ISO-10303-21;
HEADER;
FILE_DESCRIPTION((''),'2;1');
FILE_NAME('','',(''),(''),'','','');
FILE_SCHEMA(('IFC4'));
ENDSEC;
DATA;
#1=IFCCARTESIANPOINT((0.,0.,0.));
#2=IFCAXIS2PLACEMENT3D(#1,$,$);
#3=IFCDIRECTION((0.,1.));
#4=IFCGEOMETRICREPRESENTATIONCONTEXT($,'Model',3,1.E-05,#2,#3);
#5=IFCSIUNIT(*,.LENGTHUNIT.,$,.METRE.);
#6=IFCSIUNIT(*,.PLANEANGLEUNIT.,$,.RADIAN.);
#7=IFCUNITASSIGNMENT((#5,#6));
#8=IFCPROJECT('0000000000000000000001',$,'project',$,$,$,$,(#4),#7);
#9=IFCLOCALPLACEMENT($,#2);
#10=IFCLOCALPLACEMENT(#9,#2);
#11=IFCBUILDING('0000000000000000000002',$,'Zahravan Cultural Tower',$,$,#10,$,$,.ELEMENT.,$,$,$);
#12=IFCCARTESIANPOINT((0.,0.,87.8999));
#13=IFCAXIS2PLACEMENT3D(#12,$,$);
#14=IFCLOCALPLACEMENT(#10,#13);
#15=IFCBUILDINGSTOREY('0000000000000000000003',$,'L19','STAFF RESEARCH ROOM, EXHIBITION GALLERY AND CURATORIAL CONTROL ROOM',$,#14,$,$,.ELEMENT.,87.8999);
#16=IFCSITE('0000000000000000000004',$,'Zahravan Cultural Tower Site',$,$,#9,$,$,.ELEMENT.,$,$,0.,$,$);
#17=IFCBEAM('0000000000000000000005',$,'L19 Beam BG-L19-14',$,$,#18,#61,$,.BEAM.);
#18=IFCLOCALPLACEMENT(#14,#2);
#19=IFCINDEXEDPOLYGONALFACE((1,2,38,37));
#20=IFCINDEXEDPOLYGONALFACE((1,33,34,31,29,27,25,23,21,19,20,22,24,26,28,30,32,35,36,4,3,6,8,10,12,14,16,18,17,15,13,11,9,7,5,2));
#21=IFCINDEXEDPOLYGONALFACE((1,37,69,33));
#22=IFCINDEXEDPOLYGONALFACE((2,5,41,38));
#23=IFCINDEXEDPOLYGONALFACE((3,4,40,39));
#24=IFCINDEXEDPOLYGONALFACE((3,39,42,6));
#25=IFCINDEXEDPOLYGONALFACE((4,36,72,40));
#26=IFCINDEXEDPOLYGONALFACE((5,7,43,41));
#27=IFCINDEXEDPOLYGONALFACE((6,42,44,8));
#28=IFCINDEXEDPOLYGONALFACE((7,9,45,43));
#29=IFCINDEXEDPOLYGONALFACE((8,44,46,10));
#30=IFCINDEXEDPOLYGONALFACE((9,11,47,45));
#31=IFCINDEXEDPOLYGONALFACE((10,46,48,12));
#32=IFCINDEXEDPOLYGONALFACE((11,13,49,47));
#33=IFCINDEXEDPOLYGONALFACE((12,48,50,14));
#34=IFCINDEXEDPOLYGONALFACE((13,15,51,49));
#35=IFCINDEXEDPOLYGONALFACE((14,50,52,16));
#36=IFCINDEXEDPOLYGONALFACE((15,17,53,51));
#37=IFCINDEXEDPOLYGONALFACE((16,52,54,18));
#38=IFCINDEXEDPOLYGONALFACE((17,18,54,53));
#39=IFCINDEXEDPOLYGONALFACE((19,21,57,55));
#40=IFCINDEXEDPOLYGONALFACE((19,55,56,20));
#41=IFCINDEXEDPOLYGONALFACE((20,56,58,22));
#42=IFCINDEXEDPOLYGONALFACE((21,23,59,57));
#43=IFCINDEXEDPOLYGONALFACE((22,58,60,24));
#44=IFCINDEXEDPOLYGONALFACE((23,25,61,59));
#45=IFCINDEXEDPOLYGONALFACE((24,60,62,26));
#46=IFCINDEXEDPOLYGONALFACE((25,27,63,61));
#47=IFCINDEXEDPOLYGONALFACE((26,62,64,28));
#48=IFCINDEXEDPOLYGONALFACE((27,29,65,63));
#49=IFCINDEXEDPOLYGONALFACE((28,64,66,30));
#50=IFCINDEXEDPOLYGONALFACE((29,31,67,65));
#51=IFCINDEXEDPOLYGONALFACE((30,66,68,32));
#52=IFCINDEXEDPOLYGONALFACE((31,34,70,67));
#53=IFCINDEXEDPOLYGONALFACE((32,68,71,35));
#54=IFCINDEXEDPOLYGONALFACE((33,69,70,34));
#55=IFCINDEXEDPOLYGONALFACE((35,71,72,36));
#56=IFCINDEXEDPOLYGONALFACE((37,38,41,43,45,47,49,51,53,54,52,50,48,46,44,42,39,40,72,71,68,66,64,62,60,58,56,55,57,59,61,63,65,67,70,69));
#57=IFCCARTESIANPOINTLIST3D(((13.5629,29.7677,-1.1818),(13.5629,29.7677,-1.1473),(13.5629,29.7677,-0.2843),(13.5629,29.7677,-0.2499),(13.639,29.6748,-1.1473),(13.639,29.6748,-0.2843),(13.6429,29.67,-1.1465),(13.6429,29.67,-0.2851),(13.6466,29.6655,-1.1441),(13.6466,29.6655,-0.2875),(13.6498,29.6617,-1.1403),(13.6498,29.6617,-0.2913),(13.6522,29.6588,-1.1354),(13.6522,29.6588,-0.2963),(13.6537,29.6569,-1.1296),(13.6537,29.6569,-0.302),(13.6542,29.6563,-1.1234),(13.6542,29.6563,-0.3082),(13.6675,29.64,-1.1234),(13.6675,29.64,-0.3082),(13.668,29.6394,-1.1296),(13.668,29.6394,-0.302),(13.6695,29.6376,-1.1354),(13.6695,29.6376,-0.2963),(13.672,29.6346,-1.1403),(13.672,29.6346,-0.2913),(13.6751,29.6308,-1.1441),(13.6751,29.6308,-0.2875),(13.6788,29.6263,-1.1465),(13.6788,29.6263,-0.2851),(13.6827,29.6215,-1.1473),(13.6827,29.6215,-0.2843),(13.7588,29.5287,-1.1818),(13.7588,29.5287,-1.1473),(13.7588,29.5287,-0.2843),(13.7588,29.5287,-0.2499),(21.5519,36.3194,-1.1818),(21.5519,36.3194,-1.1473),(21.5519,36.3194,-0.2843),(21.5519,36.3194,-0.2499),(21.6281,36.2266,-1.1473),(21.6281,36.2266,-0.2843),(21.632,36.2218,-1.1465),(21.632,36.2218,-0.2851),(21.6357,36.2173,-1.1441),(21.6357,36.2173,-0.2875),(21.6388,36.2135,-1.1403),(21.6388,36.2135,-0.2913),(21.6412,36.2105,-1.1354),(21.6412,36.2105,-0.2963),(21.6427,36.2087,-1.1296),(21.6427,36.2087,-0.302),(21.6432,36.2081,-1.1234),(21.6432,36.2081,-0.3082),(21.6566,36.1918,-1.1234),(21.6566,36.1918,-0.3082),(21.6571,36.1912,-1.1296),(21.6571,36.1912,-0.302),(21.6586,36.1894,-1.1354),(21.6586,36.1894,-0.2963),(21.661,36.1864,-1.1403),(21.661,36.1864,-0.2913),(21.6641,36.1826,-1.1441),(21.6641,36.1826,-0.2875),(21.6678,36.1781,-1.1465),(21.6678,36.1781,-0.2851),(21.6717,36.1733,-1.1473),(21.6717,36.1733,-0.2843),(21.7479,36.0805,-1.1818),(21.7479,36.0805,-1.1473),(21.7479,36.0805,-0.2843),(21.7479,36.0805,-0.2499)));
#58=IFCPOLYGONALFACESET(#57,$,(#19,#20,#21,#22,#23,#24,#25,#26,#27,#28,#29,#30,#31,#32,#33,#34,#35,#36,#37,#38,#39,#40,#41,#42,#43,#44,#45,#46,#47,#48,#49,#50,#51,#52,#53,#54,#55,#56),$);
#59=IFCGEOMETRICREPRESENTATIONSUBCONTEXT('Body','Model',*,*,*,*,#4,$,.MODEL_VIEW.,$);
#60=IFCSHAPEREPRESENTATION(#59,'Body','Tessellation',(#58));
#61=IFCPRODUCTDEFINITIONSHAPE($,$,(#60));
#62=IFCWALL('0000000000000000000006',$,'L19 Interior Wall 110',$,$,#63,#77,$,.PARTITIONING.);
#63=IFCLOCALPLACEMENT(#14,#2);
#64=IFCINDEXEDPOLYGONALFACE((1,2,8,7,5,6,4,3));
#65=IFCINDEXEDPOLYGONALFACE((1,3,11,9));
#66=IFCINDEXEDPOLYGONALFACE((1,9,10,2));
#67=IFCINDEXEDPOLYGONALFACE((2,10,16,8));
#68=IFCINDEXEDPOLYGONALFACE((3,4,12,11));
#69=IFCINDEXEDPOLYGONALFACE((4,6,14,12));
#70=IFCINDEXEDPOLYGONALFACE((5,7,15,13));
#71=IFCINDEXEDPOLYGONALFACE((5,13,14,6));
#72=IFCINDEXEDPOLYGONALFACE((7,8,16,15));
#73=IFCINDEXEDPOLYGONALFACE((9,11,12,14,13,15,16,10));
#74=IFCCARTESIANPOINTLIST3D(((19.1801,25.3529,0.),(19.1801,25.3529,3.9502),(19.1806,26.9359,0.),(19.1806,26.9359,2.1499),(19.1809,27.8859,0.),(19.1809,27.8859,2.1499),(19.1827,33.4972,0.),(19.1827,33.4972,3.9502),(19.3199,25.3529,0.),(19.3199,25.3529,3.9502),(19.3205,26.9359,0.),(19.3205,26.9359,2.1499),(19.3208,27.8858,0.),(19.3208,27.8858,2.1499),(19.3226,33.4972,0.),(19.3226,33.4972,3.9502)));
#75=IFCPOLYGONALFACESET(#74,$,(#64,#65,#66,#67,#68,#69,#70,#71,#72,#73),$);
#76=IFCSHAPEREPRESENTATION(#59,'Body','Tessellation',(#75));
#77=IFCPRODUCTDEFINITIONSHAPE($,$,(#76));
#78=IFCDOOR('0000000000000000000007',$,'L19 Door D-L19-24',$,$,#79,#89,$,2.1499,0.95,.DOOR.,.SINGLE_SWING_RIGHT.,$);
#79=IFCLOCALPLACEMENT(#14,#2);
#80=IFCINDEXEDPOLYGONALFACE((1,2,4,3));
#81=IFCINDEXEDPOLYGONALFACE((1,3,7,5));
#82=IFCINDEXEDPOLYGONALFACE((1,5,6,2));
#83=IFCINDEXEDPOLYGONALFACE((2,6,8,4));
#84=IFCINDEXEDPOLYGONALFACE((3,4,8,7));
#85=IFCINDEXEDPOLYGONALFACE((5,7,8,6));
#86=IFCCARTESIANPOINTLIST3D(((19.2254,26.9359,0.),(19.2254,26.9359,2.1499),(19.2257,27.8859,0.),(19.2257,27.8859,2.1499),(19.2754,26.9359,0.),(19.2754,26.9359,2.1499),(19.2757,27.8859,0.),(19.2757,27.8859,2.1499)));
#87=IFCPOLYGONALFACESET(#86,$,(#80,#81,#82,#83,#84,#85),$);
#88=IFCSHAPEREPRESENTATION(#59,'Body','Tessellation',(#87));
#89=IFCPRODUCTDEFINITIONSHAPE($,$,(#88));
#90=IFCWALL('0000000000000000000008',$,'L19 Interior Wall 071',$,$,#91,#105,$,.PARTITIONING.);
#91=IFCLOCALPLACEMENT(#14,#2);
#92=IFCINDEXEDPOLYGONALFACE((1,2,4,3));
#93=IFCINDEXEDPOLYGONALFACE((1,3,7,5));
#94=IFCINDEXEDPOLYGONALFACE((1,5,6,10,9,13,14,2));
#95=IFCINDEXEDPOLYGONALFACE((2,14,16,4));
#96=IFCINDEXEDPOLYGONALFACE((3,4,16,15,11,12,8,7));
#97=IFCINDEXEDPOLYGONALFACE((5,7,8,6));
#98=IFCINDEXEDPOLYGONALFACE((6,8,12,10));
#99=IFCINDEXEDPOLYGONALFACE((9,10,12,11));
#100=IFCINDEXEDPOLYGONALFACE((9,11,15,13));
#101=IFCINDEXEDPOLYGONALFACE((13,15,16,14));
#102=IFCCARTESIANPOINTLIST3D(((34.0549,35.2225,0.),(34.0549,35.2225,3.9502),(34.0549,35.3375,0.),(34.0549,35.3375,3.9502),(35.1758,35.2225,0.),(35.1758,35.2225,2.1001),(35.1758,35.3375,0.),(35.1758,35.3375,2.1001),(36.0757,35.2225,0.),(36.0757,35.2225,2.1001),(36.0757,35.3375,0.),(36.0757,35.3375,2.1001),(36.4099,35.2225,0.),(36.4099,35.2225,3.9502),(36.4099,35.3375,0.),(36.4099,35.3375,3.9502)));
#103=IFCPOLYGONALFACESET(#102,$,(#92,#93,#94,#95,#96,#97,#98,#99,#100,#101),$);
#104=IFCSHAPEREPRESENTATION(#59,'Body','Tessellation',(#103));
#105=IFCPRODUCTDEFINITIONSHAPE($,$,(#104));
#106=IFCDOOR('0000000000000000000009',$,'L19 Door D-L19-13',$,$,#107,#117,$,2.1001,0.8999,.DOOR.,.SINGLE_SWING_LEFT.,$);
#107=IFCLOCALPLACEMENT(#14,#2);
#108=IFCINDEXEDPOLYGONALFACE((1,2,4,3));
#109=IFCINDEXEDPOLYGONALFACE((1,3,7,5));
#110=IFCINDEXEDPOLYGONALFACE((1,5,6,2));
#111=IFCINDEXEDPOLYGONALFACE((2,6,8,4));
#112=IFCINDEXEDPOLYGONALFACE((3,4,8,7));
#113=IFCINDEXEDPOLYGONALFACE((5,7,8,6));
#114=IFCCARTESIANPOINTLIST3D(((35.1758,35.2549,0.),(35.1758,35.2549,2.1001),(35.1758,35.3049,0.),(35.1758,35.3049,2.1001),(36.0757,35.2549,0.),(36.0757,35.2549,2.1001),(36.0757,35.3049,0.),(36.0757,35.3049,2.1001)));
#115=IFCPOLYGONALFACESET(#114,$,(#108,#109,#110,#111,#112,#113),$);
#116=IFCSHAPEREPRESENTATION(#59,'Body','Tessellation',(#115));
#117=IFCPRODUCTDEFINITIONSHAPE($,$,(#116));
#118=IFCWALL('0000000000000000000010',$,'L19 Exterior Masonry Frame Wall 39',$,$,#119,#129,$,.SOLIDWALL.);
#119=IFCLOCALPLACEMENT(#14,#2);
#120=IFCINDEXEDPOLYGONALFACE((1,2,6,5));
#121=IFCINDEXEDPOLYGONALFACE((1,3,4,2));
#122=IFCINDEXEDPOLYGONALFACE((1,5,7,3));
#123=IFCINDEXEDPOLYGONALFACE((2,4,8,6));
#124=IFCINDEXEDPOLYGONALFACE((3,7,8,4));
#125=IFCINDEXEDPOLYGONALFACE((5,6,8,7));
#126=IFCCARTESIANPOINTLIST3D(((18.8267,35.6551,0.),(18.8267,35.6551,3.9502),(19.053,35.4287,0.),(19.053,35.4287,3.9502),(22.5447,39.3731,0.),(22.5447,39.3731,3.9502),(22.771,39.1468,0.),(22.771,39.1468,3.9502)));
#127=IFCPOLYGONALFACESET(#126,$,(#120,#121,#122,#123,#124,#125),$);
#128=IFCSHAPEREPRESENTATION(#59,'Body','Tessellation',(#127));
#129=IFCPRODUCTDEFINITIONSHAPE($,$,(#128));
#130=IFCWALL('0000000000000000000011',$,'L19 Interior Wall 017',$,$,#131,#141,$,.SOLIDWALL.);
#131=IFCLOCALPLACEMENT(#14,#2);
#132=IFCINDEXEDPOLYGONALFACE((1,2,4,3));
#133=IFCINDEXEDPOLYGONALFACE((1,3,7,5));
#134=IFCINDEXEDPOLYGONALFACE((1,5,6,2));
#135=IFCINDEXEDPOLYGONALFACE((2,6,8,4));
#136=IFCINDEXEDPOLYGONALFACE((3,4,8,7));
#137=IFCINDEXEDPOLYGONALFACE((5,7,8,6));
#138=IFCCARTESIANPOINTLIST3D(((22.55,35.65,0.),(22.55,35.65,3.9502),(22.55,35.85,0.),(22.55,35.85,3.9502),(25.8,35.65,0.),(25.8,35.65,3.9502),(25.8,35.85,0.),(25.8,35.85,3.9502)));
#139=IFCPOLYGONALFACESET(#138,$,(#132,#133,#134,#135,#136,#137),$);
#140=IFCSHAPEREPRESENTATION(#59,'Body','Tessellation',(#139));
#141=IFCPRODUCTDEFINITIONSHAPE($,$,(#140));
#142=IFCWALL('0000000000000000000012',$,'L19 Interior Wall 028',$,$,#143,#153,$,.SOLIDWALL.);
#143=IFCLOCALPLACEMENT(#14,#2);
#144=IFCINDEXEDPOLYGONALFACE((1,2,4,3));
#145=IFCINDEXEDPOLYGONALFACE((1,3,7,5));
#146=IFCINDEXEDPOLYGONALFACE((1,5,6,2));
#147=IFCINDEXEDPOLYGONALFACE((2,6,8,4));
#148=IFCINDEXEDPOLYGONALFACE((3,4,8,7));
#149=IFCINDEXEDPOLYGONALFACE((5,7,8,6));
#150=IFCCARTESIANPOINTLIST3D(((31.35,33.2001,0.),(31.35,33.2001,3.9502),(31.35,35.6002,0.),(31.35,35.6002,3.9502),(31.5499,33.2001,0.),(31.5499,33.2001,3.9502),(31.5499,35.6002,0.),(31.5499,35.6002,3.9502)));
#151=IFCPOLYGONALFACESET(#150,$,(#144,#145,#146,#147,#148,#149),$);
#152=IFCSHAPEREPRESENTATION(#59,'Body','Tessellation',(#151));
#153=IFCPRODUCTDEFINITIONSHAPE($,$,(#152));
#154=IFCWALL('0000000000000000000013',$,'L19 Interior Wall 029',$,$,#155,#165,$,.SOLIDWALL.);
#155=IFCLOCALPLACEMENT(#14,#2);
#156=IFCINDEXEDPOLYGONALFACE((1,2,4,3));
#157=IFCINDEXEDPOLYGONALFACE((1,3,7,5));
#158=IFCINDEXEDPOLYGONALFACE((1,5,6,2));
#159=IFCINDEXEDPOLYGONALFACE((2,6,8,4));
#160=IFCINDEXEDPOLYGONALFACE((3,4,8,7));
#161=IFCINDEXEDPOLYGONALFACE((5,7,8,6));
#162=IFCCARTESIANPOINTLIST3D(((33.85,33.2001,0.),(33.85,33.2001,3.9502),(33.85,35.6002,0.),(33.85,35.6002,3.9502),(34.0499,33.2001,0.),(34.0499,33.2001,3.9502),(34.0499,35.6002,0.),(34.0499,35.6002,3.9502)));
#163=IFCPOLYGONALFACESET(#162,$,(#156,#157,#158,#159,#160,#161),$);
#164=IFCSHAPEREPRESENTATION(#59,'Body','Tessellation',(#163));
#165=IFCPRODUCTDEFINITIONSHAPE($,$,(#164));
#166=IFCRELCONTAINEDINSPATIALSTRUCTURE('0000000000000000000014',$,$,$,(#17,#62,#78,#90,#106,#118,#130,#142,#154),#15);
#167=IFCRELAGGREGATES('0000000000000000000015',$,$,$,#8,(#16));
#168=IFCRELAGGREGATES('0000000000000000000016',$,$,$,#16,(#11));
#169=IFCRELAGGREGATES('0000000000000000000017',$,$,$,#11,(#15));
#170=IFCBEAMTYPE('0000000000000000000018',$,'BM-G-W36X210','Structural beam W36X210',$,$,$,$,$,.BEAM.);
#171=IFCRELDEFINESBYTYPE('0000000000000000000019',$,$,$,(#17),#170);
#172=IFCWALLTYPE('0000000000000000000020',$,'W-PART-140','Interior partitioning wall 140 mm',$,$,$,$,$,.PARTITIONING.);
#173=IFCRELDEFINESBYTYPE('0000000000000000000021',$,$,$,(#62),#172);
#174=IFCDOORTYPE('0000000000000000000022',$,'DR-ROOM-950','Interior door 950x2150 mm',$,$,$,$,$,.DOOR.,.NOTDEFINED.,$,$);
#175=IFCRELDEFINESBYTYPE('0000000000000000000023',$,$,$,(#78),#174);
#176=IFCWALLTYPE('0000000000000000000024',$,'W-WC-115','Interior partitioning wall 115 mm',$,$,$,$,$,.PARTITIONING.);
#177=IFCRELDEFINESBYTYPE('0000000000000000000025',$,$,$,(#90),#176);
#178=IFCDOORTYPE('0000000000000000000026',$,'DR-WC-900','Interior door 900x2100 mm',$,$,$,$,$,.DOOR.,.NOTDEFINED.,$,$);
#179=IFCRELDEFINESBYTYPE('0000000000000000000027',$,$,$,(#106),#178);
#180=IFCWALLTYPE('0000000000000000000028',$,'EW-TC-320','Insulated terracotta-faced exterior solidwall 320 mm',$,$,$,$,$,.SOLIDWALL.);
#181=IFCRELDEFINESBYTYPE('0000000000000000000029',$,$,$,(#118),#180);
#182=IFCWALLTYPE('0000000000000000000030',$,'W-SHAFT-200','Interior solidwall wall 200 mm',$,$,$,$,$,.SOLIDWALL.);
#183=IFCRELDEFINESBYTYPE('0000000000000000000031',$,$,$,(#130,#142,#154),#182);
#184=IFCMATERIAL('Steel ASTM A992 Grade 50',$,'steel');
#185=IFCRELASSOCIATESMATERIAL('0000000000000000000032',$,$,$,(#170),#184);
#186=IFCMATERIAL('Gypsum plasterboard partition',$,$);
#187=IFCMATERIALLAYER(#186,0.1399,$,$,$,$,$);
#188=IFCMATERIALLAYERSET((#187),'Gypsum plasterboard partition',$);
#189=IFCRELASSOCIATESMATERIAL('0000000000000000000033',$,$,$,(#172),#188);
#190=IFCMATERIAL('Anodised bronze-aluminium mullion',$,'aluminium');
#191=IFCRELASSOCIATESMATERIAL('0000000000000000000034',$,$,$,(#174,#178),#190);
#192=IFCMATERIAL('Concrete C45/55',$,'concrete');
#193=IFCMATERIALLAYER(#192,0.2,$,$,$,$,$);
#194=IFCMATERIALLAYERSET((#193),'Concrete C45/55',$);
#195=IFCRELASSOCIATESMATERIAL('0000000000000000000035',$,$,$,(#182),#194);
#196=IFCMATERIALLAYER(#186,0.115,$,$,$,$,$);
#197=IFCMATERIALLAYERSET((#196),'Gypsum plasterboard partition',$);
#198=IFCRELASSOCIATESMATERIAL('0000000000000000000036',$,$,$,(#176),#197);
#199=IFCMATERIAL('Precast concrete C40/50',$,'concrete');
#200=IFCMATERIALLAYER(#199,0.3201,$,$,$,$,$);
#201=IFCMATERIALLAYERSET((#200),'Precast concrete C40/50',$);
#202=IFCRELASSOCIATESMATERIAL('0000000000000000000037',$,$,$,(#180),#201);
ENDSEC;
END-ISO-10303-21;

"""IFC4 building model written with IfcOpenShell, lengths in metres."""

from ifc_helpers import new_model, si_unit, direction, frame, frame_2d, origin, origin_2d, place, context, subcontext, project, spatial, rectangle, i_section, extrude, source, transform, mapped, material, layer, layer_set, material_profile, profile_set, type_object, element, fill, save


model = new_model("IFC4")

# Units and contexts
model_context = context("Model", 3, precision=1e-05, world=origin(), true_north=direction((0.0, 1.0)))
body_context = subcontext(model_context, "Body", "Model", "MODEL_VIEW")
ifc_project = project(units=[si_unit("LENGTHUNIT", "METRE"), si_unit("PLANEANGLEUNIT", "RADIAN")], contexts=[model_context])

# Site, building, storey
site_placement = place(None, origin())
site = spatial("IfcSite", under=ifc_project, at=site_placement, Name="Zahravan Cultural Tower Site", CompositionType="ELEMENT", RefElevation=0.0)
building_placement = place(site_placement, origin())
building = spatial("IfcBuilding", under=site, at=building_placement, Name="Zahravan Cultural Tower", CompositionType="ELEMENT")
storey_placement = place(building_placement, frame((0.0, 0.0, 87.8999)))
storey = spatial("IfcBuildingStorey", under=building, at=storey_placement, Name="L19", Description="STAFF RESEARCH ROOM, EXHIBITION GALLERY AND CURATORIAL CONTROL ROOM", CompositionType="ELEMENT", Elevation=87.8999)

# Beam
ifc_material_1 = material(Name="Steel ASTM A992 Grade 50", Category="steel")
ifc_material_profile_1 = material_profile(ifc_material_1, i_section(OverallWidth=0.3091, OverallDepth=0.9319, WebThickness=0.021, FlangeThickness=0.0344, FilletRadius=0.0239, at=origin_2d()), Name="W36X210")
ifc_profile_set_1 = profile_set([ifc_material_profile_1], Name="Steel ASTM A992 Grade 50")
beam_type_1 = type_object("IfcBeamType", Name="BM-G-W36X210", Description="Structural beam W36X210", PredefinedType="BEAM", material=ifc_profile_set_1)
shared_shape_1 = source(origin(), body_context, "Body", "SweptSolid", [
    extrude(i_section(OverallWidth=0.3091, OverallDepth=0.9319, WebThickness=0.021, FlangeThickness=0.0344, FilletRadius=0.0239, at=origin_2d()), origin(), (0.0, 0.0, 1.0), 10.332),
])
beam_1_placement = place(storey_placement, frame((21.6499, 36.2, -0.7158), z_axis=(-0.773231, -0.634124, 0.0), x_axis=(0.634124, -0.773231, 0.0)))
element("IfcBeam", 1, at=beam_1_placement, inside=storey, type_object=beam_type_1, Name="L19 Beam BG-L19-14", PredefinedType="BEAM", context=body_context, shape_type="MappedRepresentation", body=[
    mapped(shared_shape_1, transform((0.0, 0.0, 0.0), x_axis=(1.0, 0.0, 0.0), y_axis=(0.0, 1.0, 0.0), z_axis=(0.0, 0.0, 1.0), scale=1.0)),
])

# Walls, openings, doors
ifc_material_2 = material(Name="Gypsum plasterboard partition")
ifc_layer_1 = layer(ifc_material_2, 0.1399)
ifc_layer_set_1 = layer_set([ifc_layer_1], Name="Gypsum plasterboard partition")
wall_type_1 = type_object("IfcWallType", Name="W-PART-140", Description="Interior partitioning wall 140 mm", PredefinedType="PARTITIONING", material=ifc_layer_set_1)
wall_1_placement = place(storey_placement, frame((19.2527, 33.4973, 0.0), z_axis=(0.0, 0.0, 1.0), x_axis=(-0.00033, -1.0, 0.0)))
wall_1 = element("IfcWall", 2, at=wall_1_placement, inside=storey, type_object=wall_type_1, Name="L19 Interior Wall 110", PredefinedType="PARTITIONING", context=body_context, shape_type="SweptSolid", body=[
    extrude(rectangle(XDim=8.1443, YDim=0.1399, at=frame_2d((4.0723, 0.0))), origin(), (0.0, 0.0, 1.0), 3.9502),
])
opening_1_placement = place(wall_1_placement, frame((5.6113, 0.0, 0.0)))
opening_1 = element("IfcOpeningElement", 3, at=opening_1_placement, cuts=wall_1, PredefinedType="OPENING", context=body_context, shape_type="SweptSolid", body=[
    extrude(rectangle(XDim=0.95, YDim=2.1499, at=frame_2d((0.4751, 1.075))), frame((0.0, 0.0798, 0.0), z_axis=(0.0, -1.0, 0.0), x_axis=(1.0, 0.0, 0.0)), (0.0, 0.0, 1.0), 0.1599),
])
ifc_material_3 = material(Name="Anodised bronze-aluminium mullion", Category="aluminium")
door_type_1 = type_object("IfcDoorType", Name="DR-ROOM-950", Description="Interior door 950x2150 mm", OperationType="NOTDEFINED", PredefinedType="DOOR", material=ifc_material_3)
shared_shape_2 = source(origin(), body_context, "Body", "SweptSolid", [
    extrude(rectangle(XDim=0.95, YDim=2.1499, at=frame_2d((0.4751, 1.075))), frame((0.0, 0.0249, 0.0), z_axis=(0.0, -1.0, 0.0), x_axis=(1.0, 0.0, 0.0)), (0.0, 0.0, 1.0), 0.05),
])
door_1_placement = place(opening_1_placement, origin())
door_1 = element("IfcDoor", 4, at=door_1_placement, inside=storey, type_object=door_type_1, Name="L19 Door D-L19-24", OperationType="SINGLE_SWING_RIGHT", OverallHeight=2.1499, OverallWidth=0.95, PredefinedType="DOOR", context=body_context, shape_type="MappedRepresentation", body=[
    mapped(shared_shape_2, transform((0.0, 0.0, 0.0), x_axis=(1.0, 0.0, 0.0), y_axis=(0.0, 1.0, 0.0), z_axis=(0.0, 0.0, 1.0), scale=1.0)),
])
fill(opening_1, door_1)
ifc_material_4 = material(Name="Concrete C45/55", Category="concrete")
ifc_layer_2 = layer(ifc_material_4, 0.2)
ifc_layer_set_2 = layer_set([ifc_layer_2], Name="Concrete C45/55")
wall_type_2 = type_object("IfcWallType", Name="W-SHAFT-200", Description="Interior solidwall wall 200 mm", PredefinedType="SOLIDWALL", material=ifc_layer_set_2)
ifc_layer_3 = layer(ifc_material_2, 0.115)
ifc_layer_set_3 = layer_set([ifc_layer_3], Name="Gypsum plasterboard partition")
wall_type_3 = type_object("IfcWallType", Name="W-WC-115", Description="Interior partitioning wall 115 mm", PredefinedType="PARTITIONING", material=ifc_layer_set_3)
wall_2_placement = place(storey_placement, frame((34.0549, 35.28, 0.0), z_axis=(0.0, 0.0, 1.0), x_axis=(1.0, 0.0, 0.0)))
wall_2 = element("IfcWall", 5, at=wall_2_placement, inside=storey, type_object=wall_type_3, Name="L19 Interior Wall 071", PredefinedType="PARTITIONING", context=body_context, shape_type="SweptSolid", body=[
    extrude(rectangle(XDim=2.355, YDim=0.115, at=frame_2d((1.1775, 0.0))), origin(), (0.0, 0.0, 1.0), 3.9502),
])
opening_2_placement = place(wall_2_placement, frame((1.1208, 0.0, 0.0)))
opening_2 = element("IfcOpeningElement", 6, at=opening_2_placement, cuts=wall_2, PredefinedType="OPENING", context=body_context, shape_type="SweptSolid", body=[
    extrude(rectangle(XDim=0.8999, YDim=2.1001, at=frame_2d((0.45, 1.05))), frame((0.0, 0.0674, 0.0), z_axis=(0.0, -1.0, 0.0), x_axis=(1.0, 0.0, 0.0)), (0.0, 0.0, 1.0), 0.135),
])
door_type_2 = type_object("IfcDoorType", Name="DR-WC-900", Description="Interior door 900x2100 mm", OperationType="NOTDEFINED", PredefinedType="DOOR", material=ifc_material_3)
shared_shape_3 = source(origin(), body_context, "Body", "SweptSolid", [
    extrude(rectangle(XDim=0.8999, YDim=2.1001, at=frame_2d((0.45, 1.05))), frame((0.0, 0.0249, 0.0), z_axis=(0.0, -1.0, 0.0), x_axis=(1.0, 0.0, 0.0)), (0.0, 0.0, 1.0), 0.05),
])
door_2_placement = place(opening_2_placement, origin())
door_2 = element("IfcDoor", 7, at=door_2_placement, inside=storey, type_object=door_type_2, Name="L19 Door D-L19-13", OperationType="SINGLE_SWING_LEFT", OverallHeight=2.1001, OverallWidth=0.8999, PredefinedType="DOOR", context=body_context, shape_type="MappedRepresentation", body=[
    mapped(shared_shape_3, transform((0.0, 0.0, 0.0), x_axis=(1.0, 0.0, 0.0), y_axis=(0.0, 1.0, 0.0), z_axis=(0.0, 0.0, 1.0), scale=1.0)),
])
fill(opening_2, door_2)

# Walls
ifc_material_5 = material(Name="Precast concrete C40/50", Category="concrete")
ifc_layer_4 = layer(ifc_material_5, 0.3201)
ifc_layer_set_4 = layer_set([ifc_layer_4], Name="Precast concrete C40/50")
wall_type_4 = type_object("IfcWallType", Name="EW-TC-320", Description="Insulated terracotta-faced exterior solidwall 320 mm", PredefinedType="SOLIDWALL", material=ifc_layer_set_4)
shared_shape_4 = source(origin(), body_context, "Body", "SweptSolid", [
    extrude(rectangle(XDim=5.2581, YDim=0.3201, at=frame_2d((2.6289, 0.0))), origin(), (0.0, 0.0, 1.0), 3.9502),
])
wall_3_placement = place(storey_placement, frame((18.9399, 35.542, 0.0), z_axis=(0.0, 0.0, 1.0), x_axis=(0.707107, 0.707107, 0.0)))
element("IfcWall", 8, at=wall_3_placement, inside=storey, type_object=wall_type_4, Name="L19 Exterior Masonry Frame Wall 39", PredefinedType="SOLIDWALL", context=body_context, shape_type="MappedRepresentation", body=[
    mapped(shared_shape_4, transform((0.0, 0.0, 0.0), x_axis=(1.0, 0.0, 0.0), y_axis=(0.0, 1.0, 0.0), z_axis=(0.0, 0.0, 1.0), scale=1.0)),
])
shared_shape_5 = source(origin(), body_context, "Body", "SweptSolid", [
    extrude(rectangle(XDim=3.25, YDim=0.2, at=frame_2d((1.625, 0.0))), origin(), (0.0, 0.0, 1.0), 3.9502),
])
wall_4_placement = place(storey_placement, frame((22.55, 35.75, 0.0), z_axis=(0.0, 0.0, 1.0), x_axis=(1.0, 0.0, 0.0)))
element("IfcWall", 9, at=wall_4_placement, inside=storey, type_object=wall_type_2, Name="L19 Interior Wall 017", PredefinedType="SOLIDWALL", context=body_context, shape_type="MappedRepresentation", body=[
    mapped(shared_shape_5, transform((0.0, 0.0, 0.0), x_axis=(1.0, 0.0, 0.0), y_axis=(0.0, 1.0, 0.0), z_axis=(0.0, 0.0, 1.0), scale=1.0)),
])
shared_shape_6 = source(origin(), body_context, "Body", "SweptSolid", [
    extrude(rectangle(XDim=2.4001, YDim=0.2, at=frame_2d((1.2002, 0.0))), origin(), (0.0, 0.0, 1.0), 3.9502),
])
for number, where, z_axis, x_axis, name in (
    (10, (31.45, 33.2, 0.0), (0.0, 0.0, 1.0), (0.0, 1.0, 0.0), "L19 Interior Wall 028"),
    (11, (33.95, 33.2, 0.0), (0.0, 0.0, 1.0), (0.0, 1.0, 0.0), "L19 Interior Wall 029"),
):
    element("IfcWall", number, at=place(storey_placement, frame(where, z_axis=z_axis, x_axis=x_axis)), inside=storey, type_object=wall_type_2, Name=name, PredefinedType="SOLIDWALL", context=body_context, shape_type="MappedRepresentation", body=[
        mapped(shared_shape_6, transform((0.0, 0.0, 0.0), x_axis=(1.0, 0.0, 0.0), y_axis=(0.0, 1.0, 0.0), z_axis=(0.0, 0.0, 1.0), scale=1.0)),
    ])

save(model, "model.ifc")
